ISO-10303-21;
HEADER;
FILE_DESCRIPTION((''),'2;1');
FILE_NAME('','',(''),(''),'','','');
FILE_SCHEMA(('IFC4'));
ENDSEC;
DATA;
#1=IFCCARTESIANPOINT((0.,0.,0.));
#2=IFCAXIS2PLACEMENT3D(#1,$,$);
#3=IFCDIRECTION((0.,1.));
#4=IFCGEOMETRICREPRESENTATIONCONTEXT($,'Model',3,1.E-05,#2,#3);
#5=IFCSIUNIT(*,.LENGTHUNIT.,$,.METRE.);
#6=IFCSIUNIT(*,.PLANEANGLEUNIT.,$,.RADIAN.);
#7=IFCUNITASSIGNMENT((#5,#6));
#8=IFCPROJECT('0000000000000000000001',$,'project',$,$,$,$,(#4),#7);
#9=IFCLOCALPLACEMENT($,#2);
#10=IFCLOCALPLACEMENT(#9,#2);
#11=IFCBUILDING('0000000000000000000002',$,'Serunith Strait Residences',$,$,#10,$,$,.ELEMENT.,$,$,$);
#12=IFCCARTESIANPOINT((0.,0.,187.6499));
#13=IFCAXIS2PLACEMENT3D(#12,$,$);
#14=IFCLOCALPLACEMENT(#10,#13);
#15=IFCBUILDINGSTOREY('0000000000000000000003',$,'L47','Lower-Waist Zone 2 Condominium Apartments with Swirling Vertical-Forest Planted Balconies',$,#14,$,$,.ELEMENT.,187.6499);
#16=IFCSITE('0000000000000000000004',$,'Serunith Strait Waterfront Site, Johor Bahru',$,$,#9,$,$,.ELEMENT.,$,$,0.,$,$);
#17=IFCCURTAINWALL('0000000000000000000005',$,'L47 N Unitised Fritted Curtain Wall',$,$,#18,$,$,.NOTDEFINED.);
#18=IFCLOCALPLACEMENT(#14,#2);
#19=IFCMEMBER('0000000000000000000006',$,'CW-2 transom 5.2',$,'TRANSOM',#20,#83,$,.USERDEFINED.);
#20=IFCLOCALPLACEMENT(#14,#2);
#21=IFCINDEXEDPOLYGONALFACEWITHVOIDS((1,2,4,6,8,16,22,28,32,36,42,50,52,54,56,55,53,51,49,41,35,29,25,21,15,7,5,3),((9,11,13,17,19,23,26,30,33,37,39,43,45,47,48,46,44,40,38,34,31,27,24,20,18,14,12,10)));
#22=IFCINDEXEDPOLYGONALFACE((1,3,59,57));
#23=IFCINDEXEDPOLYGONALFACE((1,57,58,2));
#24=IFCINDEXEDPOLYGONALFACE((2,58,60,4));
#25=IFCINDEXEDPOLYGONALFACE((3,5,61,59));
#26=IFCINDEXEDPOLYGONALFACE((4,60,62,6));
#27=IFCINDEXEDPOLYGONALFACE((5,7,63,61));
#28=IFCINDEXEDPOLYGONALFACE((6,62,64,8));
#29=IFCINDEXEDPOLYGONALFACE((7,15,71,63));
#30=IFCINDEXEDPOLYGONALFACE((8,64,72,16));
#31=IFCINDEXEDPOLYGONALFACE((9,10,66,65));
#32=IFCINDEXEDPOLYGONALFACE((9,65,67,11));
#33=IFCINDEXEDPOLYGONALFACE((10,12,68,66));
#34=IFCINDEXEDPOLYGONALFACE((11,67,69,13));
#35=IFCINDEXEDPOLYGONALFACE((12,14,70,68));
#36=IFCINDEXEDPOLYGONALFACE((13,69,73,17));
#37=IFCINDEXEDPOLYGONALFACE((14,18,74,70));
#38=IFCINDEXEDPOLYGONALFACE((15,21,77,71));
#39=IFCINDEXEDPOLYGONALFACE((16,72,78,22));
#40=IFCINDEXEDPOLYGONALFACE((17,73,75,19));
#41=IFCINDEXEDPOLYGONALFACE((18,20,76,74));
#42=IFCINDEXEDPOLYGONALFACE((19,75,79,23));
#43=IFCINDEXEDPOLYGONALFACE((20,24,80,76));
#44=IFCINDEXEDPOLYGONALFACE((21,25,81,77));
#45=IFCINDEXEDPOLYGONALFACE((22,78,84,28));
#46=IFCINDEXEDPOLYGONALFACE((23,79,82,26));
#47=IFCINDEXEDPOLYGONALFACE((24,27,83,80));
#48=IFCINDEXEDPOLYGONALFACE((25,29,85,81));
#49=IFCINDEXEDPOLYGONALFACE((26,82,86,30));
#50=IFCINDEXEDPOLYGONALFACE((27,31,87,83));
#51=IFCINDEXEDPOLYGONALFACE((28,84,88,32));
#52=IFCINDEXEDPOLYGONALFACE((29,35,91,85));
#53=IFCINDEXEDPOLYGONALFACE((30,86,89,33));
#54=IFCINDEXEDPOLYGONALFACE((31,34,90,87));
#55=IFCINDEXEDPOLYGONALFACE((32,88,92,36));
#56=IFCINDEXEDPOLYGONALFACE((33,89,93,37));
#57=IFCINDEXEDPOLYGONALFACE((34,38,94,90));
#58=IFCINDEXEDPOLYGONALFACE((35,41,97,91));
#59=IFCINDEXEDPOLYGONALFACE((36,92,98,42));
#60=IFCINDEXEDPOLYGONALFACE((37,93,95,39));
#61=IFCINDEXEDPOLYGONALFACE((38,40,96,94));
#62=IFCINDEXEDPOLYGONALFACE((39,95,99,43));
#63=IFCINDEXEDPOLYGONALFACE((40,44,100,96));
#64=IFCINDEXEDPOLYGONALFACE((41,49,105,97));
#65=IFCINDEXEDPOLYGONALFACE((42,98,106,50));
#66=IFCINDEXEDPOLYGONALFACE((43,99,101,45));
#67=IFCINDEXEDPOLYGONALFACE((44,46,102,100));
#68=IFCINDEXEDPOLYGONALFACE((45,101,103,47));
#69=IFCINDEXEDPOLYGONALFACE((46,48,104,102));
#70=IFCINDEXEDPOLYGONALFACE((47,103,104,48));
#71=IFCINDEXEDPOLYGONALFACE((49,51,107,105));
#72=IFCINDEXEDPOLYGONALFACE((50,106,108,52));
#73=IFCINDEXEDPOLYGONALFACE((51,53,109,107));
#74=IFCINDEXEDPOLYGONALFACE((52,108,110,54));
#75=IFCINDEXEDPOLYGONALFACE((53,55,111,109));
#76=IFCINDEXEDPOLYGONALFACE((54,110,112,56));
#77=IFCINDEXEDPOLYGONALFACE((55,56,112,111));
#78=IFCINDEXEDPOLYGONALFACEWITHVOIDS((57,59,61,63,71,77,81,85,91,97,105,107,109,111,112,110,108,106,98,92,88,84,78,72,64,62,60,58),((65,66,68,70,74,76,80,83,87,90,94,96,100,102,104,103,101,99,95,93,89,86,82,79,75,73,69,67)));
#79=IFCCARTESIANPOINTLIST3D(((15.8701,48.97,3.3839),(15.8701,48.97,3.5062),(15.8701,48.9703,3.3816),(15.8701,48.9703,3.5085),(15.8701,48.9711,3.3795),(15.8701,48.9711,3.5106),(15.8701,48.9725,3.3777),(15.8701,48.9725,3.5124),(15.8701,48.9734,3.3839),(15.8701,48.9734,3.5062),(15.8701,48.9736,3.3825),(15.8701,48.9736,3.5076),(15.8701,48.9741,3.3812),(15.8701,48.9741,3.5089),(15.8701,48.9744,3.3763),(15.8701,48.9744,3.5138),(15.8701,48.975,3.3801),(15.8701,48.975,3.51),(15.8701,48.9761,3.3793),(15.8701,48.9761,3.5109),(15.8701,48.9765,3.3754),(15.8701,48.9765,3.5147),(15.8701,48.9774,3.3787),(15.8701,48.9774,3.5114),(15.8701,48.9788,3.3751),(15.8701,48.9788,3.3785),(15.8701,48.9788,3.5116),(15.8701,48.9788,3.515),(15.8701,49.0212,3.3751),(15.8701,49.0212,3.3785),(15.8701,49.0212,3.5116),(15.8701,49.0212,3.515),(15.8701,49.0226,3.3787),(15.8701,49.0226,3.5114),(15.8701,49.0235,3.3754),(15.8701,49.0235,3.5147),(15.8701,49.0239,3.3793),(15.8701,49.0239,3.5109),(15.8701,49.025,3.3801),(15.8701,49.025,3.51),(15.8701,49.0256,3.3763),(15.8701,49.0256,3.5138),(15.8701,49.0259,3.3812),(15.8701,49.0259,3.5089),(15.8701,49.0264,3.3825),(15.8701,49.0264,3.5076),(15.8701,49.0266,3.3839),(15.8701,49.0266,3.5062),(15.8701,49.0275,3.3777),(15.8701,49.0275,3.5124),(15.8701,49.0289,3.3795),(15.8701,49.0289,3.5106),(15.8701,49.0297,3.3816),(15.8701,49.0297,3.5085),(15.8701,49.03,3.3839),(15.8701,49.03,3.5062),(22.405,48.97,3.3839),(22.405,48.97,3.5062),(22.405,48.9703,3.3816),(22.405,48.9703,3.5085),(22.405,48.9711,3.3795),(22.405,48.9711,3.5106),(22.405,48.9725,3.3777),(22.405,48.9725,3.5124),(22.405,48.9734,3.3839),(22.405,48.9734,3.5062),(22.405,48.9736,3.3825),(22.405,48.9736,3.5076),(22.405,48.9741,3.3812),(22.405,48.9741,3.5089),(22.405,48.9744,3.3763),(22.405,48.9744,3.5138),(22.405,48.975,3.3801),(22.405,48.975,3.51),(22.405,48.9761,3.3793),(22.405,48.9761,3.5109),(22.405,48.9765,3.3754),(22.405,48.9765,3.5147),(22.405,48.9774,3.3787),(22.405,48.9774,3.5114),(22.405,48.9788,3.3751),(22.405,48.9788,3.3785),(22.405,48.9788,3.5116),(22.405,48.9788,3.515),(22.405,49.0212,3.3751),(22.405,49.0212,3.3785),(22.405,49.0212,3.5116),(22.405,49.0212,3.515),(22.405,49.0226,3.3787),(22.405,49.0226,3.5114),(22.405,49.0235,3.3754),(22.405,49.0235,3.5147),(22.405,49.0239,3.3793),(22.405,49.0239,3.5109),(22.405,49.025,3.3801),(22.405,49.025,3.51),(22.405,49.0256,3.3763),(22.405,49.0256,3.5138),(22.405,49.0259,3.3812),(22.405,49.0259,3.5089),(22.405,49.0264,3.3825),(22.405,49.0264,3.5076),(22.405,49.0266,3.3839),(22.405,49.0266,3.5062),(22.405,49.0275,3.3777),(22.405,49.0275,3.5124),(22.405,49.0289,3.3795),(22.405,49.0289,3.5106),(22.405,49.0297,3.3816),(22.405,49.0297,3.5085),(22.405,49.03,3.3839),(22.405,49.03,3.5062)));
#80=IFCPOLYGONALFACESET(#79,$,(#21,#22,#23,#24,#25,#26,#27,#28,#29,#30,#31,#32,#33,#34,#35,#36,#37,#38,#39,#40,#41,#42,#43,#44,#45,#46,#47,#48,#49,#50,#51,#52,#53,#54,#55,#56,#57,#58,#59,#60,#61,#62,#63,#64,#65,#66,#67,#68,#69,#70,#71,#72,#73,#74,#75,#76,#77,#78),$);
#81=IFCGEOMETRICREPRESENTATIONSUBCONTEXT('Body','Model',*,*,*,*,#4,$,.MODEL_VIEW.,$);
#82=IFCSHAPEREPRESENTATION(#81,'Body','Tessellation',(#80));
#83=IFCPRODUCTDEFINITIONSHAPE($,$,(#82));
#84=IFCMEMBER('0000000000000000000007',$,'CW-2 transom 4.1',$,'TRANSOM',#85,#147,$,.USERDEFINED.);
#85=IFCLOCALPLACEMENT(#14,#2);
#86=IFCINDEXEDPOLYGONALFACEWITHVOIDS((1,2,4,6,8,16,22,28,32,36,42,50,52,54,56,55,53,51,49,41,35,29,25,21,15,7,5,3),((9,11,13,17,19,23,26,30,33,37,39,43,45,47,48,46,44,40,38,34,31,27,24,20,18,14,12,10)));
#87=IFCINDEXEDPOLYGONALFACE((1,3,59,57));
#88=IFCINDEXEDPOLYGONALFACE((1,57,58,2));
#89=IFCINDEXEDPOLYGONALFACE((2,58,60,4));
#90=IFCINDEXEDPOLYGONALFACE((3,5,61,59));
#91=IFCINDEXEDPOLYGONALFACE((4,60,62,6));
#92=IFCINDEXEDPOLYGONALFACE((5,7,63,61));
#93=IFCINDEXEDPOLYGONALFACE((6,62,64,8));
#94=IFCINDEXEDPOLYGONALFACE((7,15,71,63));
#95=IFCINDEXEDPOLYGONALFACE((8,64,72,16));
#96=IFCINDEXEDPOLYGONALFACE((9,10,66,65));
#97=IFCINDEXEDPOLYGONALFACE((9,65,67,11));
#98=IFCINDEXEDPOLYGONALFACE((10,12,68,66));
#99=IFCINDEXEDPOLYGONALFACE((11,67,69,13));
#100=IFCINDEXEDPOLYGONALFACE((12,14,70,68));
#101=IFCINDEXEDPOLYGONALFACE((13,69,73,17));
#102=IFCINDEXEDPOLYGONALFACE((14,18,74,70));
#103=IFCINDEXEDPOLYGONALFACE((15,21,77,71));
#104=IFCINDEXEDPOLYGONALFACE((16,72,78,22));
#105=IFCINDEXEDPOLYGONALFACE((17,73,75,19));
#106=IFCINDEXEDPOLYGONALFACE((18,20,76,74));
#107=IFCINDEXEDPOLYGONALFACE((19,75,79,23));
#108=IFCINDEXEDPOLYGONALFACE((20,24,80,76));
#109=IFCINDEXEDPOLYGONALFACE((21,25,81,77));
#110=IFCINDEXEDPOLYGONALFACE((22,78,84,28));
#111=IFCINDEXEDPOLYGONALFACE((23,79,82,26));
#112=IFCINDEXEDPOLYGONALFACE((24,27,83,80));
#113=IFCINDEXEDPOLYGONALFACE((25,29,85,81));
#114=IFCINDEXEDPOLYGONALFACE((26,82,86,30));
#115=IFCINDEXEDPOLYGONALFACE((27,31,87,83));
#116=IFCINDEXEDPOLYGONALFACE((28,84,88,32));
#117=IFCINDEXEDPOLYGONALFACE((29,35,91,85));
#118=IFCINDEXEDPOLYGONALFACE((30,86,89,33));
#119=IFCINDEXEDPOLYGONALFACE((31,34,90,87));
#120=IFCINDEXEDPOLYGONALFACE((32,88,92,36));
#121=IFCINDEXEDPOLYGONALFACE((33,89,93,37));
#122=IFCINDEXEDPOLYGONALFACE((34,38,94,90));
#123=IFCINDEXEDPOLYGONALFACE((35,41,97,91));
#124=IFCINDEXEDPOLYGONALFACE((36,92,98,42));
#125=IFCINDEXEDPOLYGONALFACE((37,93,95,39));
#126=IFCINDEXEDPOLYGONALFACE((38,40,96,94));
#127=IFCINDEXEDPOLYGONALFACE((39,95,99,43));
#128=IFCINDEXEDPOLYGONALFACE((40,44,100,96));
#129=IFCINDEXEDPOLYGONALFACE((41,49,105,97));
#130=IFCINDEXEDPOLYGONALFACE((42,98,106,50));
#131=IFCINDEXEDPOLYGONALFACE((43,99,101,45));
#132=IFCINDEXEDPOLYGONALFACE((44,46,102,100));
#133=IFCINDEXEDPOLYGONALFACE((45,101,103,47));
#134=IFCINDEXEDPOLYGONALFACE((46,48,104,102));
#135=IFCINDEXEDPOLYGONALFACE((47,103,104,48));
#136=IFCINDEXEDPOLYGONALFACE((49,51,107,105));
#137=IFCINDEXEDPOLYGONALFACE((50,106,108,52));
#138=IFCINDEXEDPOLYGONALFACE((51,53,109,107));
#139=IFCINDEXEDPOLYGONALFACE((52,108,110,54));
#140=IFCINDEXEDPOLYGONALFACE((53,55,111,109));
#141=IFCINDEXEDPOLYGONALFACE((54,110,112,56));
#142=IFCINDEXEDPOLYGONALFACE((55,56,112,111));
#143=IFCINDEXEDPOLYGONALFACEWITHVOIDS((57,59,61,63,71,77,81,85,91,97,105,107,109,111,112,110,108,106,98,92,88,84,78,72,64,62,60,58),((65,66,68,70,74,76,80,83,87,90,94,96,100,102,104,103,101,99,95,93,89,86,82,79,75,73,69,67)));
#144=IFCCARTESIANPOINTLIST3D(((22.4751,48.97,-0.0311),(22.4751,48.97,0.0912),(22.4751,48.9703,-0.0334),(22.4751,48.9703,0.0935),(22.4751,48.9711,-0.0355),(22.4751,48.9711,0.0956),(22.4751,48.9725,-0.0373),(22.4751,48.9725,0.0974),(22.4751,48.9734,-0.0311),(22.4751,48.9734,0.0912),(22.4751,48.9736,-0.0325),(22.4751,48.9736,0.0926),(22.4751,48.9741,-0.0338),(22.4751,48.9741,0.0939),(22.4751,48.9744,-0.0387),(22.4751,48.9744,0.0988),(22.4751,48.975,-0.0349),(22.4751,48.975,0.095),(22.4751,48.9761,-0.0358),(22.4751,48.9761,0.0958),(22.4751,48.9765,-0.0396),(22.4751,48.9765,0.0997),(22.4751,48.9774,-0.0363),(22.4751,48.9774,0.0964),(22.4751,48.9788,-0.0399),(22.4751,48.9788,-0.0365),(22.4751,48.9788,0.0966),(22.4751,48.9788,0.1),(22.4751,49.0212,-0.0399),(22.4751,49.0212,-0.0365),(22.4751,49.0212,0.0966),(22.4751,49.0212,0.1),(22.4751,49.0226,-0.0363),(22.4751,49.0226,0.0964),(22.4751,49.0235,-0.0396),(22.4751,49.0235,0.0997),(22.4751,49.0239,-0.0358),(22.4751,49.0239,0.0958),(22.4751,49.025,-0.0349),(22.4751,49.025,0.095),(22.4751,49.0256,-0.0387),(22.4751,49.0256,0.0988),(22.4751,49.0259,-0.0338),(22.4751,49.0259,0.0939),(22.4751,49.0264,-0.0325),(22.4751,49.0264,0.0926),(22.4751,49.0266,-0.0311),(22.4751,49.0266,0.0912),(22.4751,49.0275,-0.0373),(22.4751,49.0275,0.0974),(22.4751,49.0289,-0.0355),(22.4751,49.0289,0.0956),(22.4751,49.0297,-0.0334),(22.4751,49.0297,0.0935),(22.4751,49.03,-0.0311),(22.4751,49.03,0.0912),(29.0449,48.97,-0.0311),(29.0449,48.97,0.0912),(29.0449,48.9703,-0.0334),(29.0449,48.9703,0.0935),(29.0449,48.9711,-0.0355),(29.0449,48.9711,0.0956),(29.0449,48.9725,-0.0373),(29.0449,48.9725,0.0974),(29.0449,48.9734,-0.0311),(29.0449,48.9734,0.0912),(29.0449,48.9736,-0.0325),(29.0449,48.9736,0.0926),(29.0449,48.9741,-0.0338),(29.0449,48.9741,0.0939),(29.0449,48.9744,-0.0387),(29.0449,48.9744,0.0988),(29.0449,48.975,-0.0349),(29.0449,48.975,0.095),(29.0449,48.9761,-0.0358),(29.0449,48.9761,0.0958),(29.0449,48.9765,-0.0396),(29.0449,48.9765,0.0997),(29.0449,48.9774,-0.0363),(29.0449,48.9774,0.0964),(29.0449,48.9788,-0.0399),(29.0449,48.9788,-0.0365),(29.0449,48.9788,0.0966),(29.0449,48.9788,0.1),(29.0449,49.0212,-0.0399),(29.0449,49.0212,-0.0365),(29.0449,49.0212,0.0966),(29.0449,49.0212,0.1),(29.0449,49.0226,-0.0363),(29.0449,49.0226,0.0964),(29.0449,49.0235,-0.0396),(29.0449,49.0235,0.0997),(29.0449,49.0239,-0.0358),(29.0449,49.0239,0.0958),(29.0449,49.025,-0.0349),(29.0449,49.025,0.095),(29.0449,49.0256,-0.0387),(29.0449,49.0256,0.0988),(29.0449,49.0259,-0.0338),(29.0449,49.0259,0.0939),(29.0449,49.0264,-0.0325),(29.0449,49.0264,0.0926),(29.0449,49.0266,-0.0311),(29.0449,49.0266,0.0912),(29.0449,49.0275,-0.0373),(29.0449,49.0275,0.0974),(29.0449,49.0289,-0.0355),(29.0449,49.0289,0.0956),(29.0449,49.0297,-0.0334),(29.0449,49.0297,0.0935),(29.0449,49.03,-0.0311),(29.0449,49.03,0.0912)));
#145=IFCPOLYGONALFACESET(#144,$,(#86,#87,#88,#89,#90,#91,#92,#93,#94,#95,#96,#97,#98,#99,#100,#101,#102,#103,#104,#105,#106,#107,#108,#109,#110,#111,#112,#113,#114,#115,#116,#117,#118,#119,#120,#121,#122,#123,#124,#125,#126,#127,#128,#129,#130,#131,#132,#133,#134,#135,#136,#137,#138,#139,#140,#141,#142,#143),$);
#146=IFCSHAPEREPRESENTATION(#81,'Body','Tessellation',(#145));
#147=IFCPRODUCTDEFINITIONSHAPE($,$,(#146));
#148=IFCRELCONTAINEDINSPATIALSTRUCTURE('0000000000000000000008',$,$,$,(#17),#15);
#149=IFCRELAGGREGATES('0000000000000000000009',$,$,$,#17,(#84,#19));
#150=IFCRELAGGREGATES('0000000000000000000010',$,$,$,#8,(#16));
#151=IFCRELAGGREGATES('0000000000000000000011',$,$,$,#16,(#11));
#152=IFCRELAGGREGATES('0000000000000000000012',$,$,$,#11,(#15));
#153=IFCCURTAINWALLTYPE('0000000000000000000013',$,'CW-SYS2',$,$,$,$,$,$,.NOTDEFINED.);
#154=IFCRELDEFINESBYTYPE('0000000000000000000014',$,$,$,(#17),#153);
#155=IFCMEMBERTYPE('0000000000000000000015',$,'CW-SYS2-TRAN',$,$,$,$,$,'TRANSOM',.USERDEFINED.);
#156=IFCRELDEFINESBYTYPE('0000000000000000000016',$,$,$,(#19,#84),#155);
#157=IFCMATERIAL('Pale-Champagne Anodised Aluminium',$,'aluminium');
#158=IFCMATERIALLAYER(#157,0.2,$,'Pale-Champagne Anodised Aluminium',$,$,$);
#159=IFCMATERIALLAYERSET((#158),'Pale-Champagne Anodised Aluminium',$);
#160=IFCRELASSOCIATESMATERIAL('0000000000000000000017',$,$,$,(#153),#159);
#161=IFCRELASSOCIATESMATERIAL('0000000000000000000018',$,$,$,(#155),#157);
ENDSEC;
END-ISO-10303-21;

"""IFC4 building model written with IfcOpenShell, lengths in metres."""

from ifc_helpers import new_model, si_unit, direction, frame, origin, origin_2d, place, context, subcontext, project, spatial, hollow_rectangle, extrude, source, transform, mapped, material, layer, layer_set, material_profile, profile_set, type_object, element, aggregate, save


model = new_model("IFC4")

# Units and contexts
model_context = context("Model", 3, precision=1e-05, world=origin(), true_north=direction((0.0, 1.0)))
body_context = subcontext(model_context, "Body", "Model", "MODEL_VIEW")
ifc_project = project(units=[si_unit("LENGTHUNIT", "METRE"), si_unit("PLANEANGLEUNIT", "RADIAN")], contexts=[model_context])

# Site, building, storey
site_placement = place(None, origin())
site = spatial("IfcSite", under=ifc_project, at=site_placement, Name="Serunith Strait Waterfront Site, Johor Bahru", CompositionType="ELEMENT", RefElevation=0.0)
building_placement = place(site_placement, origin())
building = spatial("IfcBuilding", under=site, at=building_placement, Name="Serunith Strait Residences", CompositionType="ELEMENT")
storey_placement = place(building_placement, frame((0.0, 0.0, 187.6499)))
storey = spatial("IfcBuildingStorey", under=building, at=storey_placement, Name="L47", Description="Lower-Waist Zone 2 Condominium Apartments with Swirling Vertical-Forest Planted Balconies", CompositionType="ELEMENT", Elevation=187.6499)

# Curtain wall, members
ifc_material_1 = material(Name="Pale-Champagne Anodised Aluminium", Category="aluminium")
ifc_layer_1 = layer(ifc_material_1, 0.2, Name="Pale-Champagne Anodised Aluminium")
ifc_layer_set_1 = layer_set([ifc_layer_1], Name="Pale-Champagne Anodised Aluminium")
curtain_wall_type = type_object("IfcCurtainWallType", Name="CW-SYS2", PredefinedType="NOTDEFINED", material=ifc_layer_set_1)
curtain_wall_placement = place(storey_placement, origin())
curtain_wall = element("IfcCurtainWall", 1, at=curtain_wall_placement, inside=storey, type_object=curtain_wall_type, Name="L47 N Unitised Fritted Curtain Wall", PredefinedType="NOTDEFINED")
ifc_material_profile_1 = material_profile(ifc_material_1, hollow_rectangle(XDim=0.0601, YDim=0.1399, WallThickness=0.0034, InnerFilletRadius=0.0054, OuterFilletRadius=0.0088, at=origin_2d()), Name="ALU 140x60x3.5")
ifc_profile_set_1 = profile_set([ifc_material_profile_1], Name="Pale-Champagne Anodised Aluminium")
member_type_1 = type_object("IfcMemberType", Name="CW-SYS2-TRAN", ElementType="TRANSOM", PredefinedType="USERDEFINED", material=ifc_profile_set_1)
shared_shape_1 = source(origin(), body_context, "Body", "SweptSolid", [
    extrude(hollow_rectangle(XDim=0.0601, YDim=0.1399, WallThickness=0.0034, InnerFilletRadius=0.0054, OuterFilletRadius=0.0088, at=origin_2d()), origin(), (0.0, 0.0, 1.0), 6.5349),
])
member_1_placement = place(storey_placement, frame((22.405, 49.0, 3.4451), z_axis=(-1.0, 0.0, 0.0), x_axis=(0.0, -1.0, 0.0)))
member_1 = element("IfcMember", 2, at=member_1_placement, type_object=member_type_1, Name="CW-2 transom 5.2", ObjectType="TRANSOM", PredefinedType="USERDEFINED", context=body_context, shape_type="MappedRepresentation", body=[
    mapped(shared_shape_1, transform((0.0, 0.0, 0.0), scale=1.0)),
])
shared_shape_2 = source(origin(), body_context, "Body", "SweptSolid", [
    extrude(hollow_rectangle(XDim=0.0601, YDim=0.1399, WallThickness=0.0034, InnerFilletRadius=0.0054, OuterFilletRadius=0.0088, at=origin_2d()), origin(), (0.0, 0.0, 1.0), 6.5698),
])
member_2_placement = place(storey_placement, frame((29.0449, 49.0, 0.03), z_axis=(-1.0, 0.0, 0.0), x_axis=(0.0, -1.0, 0.0)))
member_2 = element("IfcMember", 3, at=member_2_placement, type_object=member_type_1, Name="CW-2 transom 4.1", ObjectType="TRANSOM", PredefinedType="USERDEFINED", context=body_context, shape_type="MappedRepresentation", body=[
    mapped(shared_shape_2, transform((0.0, 0.0, 0.0), scale=1.0)),
])
aggregate(curtain_wall, [member_2, member_1])

save(model, "model.ifc")
